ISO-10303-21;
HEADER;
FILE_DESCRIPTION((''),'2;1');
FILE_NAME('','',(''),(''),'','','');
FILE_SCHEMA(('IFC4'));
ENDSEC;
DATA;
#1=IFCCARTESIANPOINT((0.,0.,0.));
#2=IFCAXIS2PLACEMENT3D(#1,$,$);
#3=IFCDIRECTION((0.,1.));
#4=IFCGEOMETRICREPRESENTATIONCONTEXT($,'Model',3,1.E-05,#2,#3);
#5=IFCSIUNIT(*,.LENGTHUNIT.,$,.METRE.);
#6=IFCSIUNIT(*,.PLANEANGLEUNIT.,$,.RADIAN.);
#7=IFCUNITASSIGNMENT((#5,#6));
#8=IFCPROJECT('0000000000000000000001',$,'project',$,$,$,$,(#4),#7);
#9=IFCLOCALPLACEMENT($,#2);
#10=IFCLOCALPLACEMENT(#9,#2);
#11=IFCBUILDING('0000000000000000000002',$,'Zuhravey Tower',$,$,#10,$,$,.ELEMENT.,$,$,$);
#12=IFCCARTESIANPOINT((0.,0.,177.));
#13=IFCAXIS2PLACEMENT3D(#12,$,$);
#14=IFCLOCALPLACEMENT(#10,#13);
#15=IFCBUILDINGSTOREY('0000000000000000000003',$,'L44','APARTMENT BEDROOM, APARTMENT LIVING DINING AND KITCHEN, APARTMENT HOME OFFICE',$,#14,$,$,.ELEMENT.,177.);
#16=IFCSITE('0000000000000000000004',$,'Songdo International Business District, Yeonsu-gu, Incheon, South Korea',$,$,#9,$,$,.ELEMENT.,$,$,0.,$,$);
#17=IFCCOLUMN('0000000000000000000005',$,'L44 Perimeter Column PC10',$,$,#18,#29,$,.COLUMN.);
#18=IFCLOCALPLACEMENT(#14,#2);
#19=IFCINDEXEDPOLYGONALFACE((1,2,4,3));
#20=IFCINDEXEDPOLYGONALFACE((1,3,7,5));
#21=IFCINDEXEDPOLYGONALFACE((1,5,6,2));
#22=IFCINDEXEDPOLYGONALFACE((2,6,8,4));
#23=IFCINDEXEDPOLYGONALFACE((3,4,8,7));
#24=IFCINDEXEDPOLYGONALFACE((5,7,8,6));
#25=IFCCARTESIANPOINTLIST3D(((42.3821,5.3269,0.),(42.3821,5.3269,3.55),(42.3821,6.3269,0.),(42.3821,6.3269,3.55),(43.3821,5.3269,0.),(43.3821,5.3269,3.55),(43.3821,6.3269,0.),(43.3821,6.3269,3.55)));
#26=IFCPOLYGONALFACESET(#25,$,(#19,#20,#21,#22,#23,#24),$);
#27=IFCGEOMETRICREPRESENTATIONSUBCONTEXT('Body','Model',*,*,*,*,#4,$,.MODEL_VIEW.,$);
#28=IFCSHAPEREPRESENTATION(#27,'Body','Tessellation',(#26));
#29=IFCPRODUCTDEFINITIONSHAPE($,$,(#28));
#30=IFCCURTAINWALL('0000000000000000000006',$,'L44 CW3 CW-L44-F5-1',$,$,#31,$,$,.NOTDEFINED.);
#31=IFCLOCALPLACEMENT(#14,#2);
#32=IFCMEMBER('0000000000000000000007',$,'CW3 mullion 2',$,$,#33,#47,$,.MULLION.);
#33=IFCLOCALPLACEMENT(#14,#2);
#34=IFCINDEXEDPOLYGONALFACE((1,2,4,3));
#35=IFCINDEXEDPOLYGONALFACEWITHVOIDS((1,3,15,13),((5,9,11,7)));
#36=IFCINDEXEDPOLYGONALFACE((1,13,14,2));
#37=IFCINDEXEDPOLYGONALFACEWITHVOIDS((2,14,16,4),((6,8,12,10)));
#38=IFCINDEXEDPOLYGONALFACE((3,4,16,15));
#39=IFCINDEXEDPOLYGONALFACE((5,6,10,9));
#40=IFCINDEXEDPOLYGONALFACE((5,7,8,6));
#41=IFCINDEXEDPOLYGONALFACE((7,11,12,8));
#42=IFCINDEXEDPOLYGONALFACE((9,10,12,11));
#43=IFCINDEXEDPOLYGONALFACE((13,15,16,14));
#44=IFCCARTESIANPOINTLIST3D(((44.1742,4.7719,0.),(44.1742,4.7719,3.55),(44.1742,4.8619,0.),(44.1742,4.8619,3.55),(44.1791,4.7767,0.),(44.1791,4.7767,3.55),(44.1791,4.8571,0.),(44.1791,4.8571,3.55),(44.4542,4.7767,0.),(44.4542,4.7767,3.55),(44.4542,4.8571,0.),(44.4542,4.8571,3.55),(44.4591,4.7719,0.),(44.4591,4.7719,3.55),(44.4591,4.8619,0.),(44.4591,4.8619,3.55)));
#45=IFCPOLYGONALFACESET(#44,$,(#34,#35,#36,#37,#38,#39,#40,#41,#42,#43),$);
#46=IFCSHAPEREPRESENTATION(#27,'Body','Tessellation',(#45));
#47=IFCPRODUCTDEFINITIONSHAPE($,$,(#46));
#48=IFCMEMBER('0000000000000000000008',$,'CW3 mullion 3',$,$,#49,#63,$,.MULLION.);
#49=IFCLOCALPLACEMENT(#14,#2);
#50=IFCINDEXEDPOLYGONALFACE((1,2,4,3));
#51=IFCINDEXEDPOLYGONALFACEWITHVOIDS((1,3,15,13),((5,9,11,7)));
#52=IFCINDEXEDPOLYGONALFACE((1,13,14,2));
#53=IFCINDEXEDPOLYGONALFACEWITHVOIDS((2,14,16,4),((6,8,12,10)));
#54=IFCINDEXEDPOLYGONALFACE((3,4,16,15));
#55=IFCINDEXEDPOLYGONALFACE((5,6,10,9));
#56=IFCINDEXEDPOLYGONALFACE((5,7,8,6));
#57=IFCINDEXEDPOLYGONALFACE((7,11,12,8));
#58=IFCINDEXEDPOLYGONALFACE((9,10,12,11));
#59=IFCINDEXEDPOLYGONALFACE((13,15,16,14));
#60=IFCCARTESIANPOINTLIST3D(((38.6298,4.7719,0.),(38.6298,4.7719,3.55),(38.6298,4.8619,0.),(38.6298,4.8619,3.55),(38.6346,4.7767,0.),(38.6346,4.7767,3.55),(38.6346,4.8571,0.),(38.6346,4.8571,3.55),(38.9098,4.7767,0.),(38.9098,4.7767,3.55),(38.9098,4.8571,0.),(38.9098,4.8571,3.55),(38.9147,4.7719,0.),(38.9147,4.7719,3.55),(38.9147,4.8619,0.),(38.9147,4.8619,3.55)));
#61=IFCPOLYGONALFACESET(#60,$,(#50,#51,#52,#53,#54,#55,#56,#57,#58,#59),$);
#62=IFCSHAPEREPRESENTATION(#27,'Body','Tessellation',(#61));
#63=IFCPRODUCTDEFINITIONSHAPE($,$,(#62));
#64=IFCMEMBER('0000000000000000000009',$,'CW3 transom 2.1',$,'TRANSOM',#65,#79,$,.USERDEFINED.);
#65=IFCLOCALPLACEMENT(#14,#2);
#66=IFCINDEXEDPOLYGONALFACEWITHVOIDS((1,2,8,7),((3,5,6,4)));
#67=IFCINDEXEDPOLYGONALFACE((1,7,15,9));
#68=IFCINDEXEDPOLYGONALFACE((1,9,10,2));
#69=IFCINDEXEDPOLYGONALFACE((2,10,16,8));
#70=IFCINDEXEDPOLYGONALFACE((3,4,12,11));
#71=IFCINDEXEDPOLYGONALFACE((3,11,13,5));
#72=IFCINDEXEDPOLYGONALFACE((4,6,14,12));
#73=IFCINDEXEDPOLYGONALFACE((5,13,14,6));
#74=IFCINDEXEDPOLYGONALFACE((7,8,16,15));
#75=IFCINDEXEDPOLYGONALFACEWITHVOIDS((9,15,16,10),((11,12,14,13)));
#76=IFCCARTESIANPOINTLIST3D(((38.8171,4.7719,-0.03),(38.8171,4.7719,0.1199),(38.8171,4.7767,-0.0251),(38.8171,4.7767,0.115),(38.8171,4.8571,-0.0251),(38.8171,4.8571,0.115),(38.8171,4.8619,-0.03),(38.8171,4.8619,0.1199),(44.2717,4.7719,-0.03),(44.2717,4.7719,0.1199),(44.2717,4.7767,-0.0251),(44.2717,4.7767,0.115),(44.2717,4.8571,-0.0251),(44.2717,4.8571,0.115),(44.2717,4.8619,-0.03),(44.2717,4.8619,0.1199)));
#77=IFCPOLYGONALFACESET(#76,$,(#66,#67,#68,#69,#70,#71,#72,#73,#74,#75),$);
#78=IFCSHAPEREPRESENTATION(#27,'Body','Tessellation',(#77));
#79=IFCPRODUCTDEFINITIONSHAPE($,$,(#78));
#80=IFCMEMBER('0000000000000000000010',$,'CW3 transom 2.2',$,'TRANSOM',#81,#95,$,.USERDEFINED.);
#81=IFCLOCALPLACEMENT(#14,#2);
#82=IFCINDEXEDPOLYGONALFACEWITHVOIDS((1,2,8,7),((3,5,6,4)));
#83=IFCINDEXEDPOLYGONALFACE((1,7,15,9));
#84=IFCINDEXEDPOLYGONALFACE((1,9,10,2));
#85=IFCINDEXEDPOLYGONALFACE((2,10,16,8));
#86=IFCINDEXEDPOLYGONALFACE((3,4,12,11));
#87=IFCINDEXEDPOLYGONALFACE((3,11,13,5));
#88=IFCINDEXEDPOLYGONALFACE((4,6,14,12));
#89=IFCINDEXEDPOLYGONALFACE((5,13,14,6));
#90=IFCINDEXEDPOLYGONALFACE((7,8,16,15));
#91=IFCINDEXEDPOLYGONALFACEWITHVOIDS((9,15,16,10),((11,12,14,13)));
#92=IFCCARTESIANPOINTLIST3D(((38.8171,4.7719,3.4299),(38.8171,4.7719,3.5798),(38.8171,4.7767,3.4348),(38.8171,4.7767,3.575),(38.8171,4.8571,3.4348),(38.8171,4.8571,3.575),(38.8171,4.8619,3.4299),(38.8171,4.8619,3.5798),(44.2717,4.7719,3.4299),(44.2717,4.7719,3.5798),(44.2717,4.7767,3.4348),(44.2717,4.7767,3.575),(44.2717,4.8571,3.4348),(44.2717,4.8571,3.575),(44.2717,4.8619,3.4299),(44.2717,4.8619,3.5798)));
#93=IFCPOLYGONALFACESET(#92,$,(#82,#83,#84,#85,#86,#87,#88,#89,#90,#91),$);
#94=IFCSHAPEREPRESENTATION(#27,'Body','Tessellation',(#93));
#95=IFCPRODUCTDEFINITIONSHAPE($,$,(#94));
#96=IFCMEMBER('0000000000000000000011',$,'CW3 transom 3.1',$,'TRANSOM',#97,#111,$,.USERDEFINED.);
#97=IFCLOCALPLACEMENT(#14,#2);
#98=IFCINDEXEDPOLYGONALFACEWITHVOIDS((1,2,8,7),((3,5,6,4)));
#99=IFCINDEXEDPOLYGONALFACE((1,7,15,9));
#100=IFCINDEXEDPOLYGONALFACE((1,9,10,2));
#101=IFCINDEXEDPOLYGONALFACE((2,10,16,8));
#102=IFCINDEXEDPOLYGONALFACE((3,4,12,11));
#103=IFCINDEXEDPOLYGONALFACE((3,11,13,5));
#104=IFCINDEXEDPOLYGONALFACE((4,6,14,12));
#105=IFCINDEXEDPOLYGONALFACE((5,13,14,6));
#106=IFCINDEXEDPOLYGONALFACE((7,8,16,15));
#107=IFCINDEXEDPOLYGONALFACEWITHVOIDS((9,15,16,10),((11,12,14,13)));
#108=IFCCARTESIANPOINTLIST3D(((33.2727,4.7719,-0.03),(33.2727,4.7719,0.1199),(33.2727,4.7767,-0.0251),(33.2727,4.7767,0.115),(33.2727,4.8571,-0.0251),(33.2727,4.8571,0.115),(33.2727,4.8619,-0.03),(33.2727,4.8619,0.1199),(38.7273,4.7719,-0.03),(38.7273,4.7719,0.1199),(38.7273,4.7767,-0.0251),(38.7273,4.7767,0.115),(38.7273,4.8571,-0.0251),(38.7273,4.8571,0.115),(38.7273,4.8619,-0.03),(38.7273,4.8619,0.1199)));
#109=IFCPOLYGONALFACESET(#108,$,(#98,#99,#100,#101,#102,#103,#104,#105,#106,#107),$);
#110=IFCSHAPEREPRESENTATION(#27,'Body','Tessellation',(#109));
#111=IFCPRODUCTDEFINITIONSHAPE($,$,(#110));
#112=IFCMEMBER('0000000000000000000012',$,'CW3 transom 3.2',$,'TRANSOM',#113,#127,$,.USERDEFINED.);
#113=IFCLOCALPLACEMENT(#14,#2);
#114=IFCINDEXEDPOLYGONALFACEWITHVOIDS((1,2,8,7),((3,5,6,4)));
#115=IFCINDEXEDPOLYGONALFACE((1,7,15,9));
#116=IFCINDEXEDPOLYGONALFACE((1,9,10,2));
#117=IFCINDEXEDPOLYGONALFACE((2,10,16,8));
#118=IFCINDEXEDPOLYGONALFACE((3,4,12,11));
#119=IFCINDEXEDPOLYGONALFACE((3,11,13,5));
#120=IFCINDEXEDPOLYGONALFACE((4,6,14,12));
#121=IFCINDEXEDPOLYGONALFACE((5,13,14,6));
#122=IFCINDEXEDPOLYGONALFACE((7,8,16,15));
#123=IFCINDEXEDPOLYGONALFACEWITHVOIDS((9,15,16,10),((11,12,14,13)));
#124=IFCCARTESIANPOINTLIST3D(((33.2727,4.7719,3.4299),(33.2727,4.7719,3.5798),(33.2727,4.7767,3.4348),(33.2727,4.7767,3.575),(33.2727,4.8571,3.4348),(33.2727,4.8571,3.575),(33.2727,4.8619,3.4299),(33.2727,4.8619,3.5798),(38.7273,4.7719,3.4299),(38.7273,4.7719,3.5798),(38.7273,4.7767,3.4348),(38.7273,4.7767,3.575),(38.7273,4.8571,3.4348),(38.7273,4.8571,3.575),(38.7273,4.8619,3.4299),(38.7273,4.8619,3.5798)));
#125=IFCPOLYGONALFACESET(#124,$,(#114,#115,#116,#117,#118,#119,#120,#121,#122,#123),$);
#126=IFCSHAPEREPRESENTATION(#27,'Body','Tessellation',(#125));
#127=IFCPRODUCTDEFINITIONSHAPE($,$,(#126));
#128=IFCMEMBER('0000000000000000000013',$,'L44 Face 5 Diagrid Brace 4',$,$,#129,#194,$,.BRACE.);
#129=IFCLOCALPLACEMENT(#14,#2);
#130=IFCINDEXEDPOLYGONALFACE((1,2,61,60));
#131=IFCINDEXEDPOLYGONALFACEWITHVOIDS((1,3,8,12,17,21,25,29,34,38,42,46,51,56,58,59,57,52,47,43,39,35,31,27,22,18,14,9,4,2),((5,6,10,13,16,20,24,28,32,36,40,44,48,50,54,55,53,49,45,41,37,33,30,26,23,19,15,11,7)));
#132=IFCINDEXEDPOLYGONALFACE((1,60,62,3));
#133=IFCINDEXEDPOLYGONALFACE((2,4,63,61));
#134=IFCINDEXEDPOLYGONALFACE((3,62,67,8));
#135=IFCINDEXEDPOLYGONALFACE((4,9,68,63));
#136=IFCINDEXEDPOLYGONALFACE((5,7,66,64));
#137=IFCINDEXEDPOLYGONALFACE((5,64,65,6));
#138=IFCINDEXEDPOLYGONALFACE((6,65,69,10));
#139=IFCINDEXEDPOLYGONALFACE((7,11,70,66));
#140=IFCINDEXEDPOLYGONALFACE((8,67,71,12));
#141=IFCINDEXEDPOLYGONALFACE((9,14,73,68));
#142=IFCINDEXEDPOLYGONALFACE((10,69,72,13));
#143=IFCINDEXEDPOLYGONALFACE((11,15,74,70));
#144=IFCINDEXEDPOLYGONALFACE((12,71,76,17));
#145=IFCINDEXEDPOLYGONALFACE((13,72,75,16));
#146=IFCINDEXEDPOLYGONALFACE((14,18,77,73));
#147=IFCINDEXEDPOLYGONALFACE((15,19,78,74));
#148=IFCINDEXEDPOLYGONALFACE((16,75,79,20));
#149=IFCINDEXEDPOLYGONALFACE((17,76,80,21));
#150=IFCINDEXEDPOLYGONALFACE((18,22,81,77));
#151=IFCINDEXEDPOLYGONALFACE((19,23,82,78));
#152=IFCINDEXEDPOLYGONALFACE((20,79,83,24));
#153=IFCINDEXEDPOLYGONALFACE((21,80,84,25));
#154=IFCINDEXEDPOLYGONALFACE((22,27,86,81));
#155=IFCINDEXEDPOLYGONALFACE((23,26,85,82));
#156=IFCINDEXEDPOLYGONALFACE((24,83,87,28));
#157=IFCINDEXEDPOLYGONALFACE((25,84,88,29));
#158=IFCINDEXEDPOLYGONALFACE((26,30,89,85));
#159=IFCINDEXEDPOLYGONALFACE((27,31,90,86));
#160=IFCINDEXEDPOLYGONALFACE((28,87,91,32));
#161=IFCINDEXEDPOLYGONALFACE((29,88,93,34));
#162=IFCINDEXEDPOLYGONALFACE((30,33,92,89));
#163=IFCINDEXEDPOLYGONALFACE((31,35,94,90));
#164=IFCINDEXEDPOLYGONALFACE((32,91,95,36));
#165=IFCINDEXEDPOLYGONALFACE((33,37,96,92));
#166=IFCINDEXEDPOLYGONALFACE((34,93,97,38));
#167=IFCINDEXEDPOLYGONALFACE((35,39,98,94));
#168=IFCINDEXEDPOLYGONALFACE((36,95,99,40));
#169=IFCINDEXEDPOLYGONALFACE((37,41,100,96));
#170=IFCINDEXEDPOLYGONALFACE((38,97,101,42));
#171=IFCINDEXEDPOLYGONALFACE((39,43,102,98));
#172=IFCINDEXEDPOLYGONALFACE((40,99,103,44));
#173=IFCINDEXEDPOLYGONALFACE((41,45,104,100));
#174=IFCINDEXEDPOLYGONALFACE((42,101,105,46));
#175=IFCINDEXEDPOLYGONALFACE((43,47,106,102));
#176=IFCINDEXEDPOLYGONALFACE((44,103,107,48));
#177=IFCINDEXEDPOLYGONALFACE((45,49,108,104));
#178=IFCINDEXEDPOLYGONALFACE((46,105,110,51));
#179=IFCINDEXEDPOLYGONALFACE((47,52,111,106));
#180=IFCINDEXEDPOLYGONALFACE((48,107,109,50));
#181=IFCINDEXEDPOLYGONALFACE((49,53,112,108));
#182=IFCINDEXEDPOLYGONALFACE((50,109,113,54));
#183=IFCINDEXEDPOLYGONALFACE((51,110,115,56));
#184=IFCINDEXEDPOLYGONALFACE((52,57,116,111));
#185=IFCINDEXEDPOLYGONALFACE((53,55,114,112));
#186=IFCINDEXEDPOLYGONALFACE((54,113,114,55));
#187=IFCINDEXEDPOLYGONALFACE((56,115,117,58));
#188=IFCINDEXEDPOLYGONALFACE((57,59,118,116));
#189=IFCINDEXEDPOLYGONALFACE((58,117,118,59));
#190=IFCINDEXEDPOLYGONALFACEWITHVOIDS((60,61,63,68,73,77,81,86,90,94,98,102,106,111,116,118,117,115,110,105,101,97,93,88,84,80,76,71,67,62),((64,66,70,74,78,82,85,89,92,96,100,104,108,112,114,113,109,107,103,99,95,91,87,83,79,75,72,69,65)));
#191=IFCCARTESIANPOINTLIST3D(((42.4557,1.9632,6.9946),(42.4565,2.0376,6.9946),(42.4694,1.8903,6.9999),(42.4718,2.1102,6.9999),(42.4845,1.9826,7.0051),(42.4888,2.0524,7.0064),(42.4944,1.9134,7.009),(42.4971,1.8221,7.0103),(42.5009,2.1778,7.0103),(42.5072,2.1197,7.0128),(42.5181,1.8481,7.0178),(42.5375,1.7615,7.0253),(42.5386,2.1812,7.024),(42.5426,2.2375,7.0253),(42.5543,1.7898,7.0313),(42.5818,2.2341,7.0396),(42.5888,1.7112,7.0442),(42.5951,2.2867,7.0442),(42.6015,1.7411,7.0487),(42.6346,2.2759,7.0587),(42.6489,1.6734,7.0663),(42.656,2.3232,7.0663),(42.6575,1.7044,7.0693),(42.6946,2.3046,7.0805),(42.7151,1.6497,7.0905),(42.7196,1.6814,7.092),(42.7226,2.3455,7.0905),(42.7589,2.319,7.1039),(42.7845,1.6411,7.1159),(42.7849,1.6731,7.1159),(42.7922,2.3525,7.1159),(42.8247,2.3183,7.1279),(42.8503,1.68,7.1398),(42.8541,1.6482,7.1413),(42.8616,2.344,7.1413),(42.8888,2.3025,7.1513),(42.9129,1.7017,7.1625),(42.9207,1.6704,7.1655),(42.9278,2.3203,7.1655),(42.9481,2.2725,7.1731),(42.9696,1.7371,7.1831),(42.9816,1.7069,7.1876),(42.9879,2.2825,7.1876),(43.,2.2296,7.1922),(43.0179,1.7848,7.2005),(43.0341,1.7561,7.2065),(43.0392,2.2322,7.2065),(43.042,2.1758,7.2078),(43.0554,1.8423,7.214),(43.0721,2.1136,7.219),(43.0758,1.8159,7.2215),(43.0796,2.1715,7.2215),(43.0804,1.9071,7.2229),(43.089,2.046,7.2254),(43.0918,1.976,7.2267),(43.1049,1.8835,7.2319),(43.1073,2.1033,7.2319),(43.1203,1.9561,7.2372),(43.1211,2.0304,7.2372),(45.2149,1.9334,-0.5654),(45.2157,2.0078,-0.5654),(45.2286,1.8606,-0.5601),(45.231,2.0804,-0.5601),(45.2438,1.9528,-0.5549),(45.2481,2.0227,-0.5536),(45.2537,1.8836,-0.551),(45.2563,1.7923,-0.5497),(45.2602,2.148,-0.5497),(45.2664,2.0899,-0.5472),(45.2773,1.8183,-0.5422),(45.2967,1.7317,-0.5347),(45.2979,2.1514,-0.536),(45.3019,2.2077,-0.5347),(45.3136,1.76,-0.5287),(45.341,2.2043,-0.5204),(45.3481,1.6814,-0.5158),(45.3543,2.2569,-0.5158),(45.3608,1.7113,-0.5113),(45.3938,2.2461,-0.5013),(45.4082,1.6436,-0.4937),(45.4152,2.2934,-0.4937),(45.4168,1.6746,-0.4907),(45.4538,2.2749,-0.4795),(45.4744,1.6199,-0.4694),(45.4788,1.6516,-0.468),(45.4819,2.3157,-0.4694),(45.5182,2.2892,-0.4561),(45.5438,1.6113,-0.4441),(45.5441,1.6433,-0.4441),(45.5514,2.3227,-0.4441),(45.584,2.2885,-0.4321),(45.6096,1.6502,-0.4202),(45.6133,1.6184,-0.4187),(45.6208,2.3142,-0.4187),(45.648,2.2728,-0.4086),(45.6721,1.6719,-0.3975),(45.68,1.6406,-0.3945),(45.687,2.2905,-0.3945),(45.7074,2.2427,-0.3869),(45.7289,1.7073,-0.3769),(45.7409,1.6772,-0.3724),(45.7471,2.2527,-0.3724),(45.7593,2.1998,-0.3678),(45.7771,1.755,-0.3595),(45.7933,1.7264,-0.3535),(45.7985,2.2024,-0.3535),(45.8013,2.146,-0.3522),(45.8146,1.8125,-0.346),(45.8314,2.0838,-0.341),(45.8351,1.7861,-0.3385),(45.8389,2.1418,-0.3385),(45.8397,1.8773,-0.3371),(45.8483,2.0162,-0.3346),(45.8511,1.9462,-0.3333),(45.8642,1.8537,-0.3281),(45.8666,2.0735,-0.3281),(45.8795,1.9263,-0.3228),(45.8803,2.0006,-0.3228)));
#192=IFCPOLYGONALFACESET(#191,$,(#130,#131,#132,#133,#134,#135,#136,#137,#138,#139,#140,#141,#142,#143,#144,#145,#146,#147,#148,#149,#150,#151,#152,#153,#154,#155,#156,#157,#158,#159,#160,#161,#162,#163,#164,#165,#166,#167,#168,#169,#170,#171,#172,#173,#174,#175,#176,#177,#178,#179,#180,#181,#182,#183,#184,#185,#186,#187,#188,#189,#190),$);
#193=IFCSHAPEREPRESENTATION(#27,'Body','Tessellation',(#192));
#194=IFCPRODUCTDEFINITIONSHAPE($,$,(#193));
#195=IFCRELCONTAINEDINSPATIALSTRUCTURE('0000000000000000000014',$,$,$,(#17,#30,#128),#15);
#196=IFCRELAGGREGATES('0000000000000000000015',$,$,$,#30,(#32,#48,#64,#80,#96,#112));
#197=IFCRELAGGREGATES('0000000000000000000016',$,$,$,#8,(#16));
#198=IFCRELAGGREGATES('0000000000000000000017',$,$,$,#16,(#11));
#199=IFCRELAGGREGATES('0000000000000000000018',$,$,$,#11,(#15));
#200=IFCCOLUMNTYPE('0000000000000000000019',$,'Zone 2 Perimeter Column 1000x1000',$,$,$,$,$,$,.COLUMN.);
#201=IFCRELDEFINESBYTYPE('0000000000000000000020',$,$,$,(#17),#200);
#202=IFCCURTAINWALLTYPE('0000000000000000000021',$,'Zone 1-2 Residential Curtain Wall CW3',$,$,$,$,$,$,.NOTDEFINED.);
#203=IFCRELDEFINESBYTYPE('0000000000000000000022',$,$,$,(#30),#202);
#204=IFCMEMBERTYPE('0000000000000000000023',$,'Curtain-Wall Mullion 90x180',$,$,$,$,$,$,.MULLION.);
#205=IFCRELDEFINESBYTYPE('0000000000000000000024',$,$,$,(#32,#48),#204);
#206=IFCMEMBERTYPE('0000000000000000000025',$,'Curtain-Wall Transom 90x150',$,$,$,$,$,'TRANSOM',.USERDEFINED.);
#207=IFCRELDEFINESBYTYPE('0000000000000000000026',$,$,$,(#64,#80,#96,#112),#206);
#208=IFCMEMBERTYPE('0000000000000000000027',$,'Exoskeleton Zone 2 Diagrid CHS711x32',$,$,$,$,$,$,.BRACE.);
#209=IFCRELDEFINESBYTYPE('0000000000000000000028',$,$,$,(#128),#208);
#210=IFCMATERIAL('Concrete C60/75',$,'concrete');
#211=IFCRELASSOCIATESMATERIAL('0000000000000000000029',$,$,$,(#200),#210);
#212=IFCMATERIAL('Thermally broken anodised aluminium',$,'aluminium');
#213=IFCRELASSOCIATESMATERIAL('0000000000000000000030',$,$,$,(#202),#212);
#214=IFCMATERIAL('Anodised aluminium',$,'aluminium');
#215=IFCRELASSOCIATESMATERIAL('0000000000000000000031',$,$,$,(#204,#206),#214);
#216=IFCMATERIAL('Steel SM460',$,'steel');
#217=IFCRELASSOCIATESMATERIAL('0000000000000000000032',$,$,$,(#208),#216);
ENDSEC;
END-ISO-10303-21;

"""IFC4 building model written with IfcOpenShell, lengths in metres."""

from ifc_helpers import new_model, si_unit, direction, frame, origin, origin_2d, place, context, subcontext, project, spatial, rectangle, hollow_rectangle, hollow_circle, extrude, material, material_profile, profile_set, type_object, element, aggregate, save


model = new_model("IFC4")

# Units and contexts
model_context = context("Model", 3, precision=1e-05, world=origin(), true_north=direction((0.0, 1.0)))
body_context = subcontext(model_context, "Body", "Model", "MODEL_VIEW")
ifc_project = project(units=[si_unit("LENGTHUNIT", "METRE"), si_unit("PLANEANGLEUNIT", "RADIAN")], contexts=[model_context])

# Site, building, storey
site_placement = place(None, origin())
site = spatial("IfcSite", under=ifc_project, at=site_placement, Name="Songdo International Business District, Yeonsu-gu, Incheon, South Korea", CompositionType="ELEMENT", RefElevation=0.0)
building_placement = place(site_placement, origin())
building = spatial("IfcBuilding", under=site, at=building_placement, Name="Zuhravey Tower", CompositionType="ELEMENT")
storey_placement = place(building_placement, frame((0.0, 0.0, 177.0)))
storey = spatial("IfcBuildingStorey", under=building, at=storey_placement, Name="L44", Description="APARTMENT BEDROOM, APARTMENT LIVING DINING AND KITCHEN, APARTMENT HOME OFFICE", CompositionType="ELEMENT", Elevation=177.0)

# Column
ifc_material_1 = material(Name="Concrete C60/75", Category="concrete")
ifc_material_profile_1 = material_profile(ifc_material_1, rectangle(XDim=1.0, YDim=1.0, at=origin_2d()), Name="RC-1000x1000")
ifc_profile_set_1 = profile_set([ifc_material_profile_1], Name="Concrete C60/75")
column_type = type_object("IfcColumnType", Name="Zone 2 Perimeter Column 1000x1000", PredefinedType="COLUMN", material=ifc_profile_set_1)
column_placement = place(storey_placement, frame((42.8821, 5.8269, 0.0), z_axis=(0.0, 0.0, 1.0), x_axis=(1.0, 0.0, 0.0)))
element("IfcColumn", 1, at=column_placement, inside=storey, type_object=column_type, Name="L44 Perimeter Column PC10", PredefinedType="COLUMN", context=body_context, shape_type="SweptSolid", body=[
    extrude(rectangle(XDim=1.0, YDim=1.0, at=origin_2d()), origin(), (0.0, 0.0, 1.0), 3.55),
])

# Curtain wall, members
ifc_material_2 = material(Name="Thermally broken anodised aluminium", Category="aluminium")
curtain_wall_type = type_object("IfcCurtainWallType", Name="Zone 1-2 Residential Curtain Wall CW3", PredefinedType="NOTDEFINED", material=ifc_material_2)
curtain_wall_placement = place(storey_placement, origin())
curtain_wall = element("IfcCurtainWall", 2, at=curtain_wall_placement, inside=storey, type_object=curtain_wall_type, Name="L44 CW3 CW-L44-F5-1", PredefinedType="NOTDEFINED")
ifc_material_3 = material(Name="Anodised aluminium", Category="aluminium")
ifc_material_profile_2 = material_profile(ifc_material_3, hollow_rectangle(XDim=0.0901, YDim=0.2849, WallThickness=0.0049, at=origin_2d()), Name="ALU-RHS-90x285x5")
ifc_profile_set_2 = profile_set([ifc_material_profile_2], Name="Anodised aluminium")
member_type_1 = type_object("IfcMemberType", Name="Curtain-Wall Mullion 90x180", PredefinedType="MULLION", material=ifc_profile_set_2)
member_1_placement = place(storey_placement, frame((44.3167, 4.8169, 0.0), z_axis=(0.0, 0.0, 1.0), x_axis=(0.0, -1.0, 0.0)))
member_1 = element("IfcMember", 3, at=member_1_placement, type_object=member_type_1, Name="CW3 mullion 2", PredefinedType="MULLION", context=body_context, shape_type="SweptSolid", body=[
    extrude(hollow_rectangle(XDim=0.0901, YDim=0.2849, WallThickness=0.0049, at=origin_2d()), origin(), (0.0, 0.0, 1.0), 3.55),
])
member_2_placement = place(storey_placement, frame((38.7722, 4.8169, 0.0), z_axis=(0.0, 0.0, 1.0), x_axis=(0.0, -1.0, 0.0)))
member_2 = element("IfcMember", 4, at=member_2_placement, type_object=member_type_1, Name="CW3 mullion 3", PredefinedType="MULLION", context=body_context, shape_type="SweptSolid", body=[
    extrude(hollow_rectangle(XDim=0.0901, YDim=0.2849, WallThickness=0.0049, at=origin_2d()), origin(), (0.0, 0.0, 1.0), 3.55),
])
ifc_material_profile_3 = material_profile(ifc_material_3, hollow_rectangle(XDim=0.0901, YDim=0.1499, WallThickness=0.0049, at=origin_2d()), Name="ALU-RHS-90x150x5")
ifc_profile_set_3 = profile_set([ifc_material_profile_3], Name="Anodised aluminium")
member_type_2 = type_object("IfcMemberType", Name="Curtain-Wall Transom 90x150", ElementType="TRANSOM", PredefinedType="USERDEFINED", material=ifc_profile_set_3)
member_3_placement = place(storey_placement, frame((44.2717, 4.8169, 0.0449), z_axis=(-1.0, 0.0, 0.0), x_axis=(0.0, -1.0, 0.0)))
member_3 = element("IfcMember", 5, at=member_3_placement, type_object=member_type_2, Name="CW3 transom 2.1", ObjectType="TRANSOM", PredefinedType="USERDEFINED", context=body_context, shape_type="SweptSolid", body=[
    extrude(hollow_rectangle(XDim=0.0901, YDim=0.1499, WallThickness=0.0049, at=origin_2d()), origin(), (0.0, 0.0, 1.0), 5.4546),
])
member_4_placement = place(storey_placement, frame((44.2717, 4.8169, 3.5049), z_axis=(-1.0, 0.0, 0.0), x_axis=(0.0, -1.0, 0.0)))
member_4 = element("IfcMember", 6, at=member_4_placement, type_object=member_type_2, Name="CW3 transom 2.2", ObjectType="TRANSOM", PredefinedType="USERDEFINED", context=body_context, shape_type="SweptSolid", body=[
    extrude(hollow_rectangle(XDim=0.0901, YDim=0.1499, WallThickness=0.0049, at=origin_2d()), origin(), (0.0, 0.0, 1.0), 5.4546),
])
member_5_placement = place(storey_placement, frame((38.7273, 4.8169, 0.0449), z_axis=(-1.0, 0.0, 0.0), x_axis=(0.0, -1.0, 0.0)))
member_5 = element("IfcMember", 7, at=member_5_placement, type_object=member_type_2, Name="CW3 transom 3.1", ObjectType="TRANSOM", PredefinedType="USERDEFINED", context=body_context, shape_type="SweptSolid", body=[
    extrude(hollow_rectangle(XDim=0.0901, YDim=0.1499, WallThickness=0.0049, at=origin_2d()), origin(), (0.0, 0.0, 1.0), 5.4546),
])
member_6_placement = place(storey_placement, frame((38.7273, 4.8169, 3.5049), z_axis=(-1.0, 0.0, 0.0), x_axis=(0.0, -1.0, 0.0)))
member_6 = element("IfcMember", 8, at=member_6_placement, type_object=member_type_2, Name="CW3 transom 3.2", ObjectType="TRANSOM", PredefinedType="USERDEFINED", context=body_context, shape_type="SweptSolid", body=[
    extrude(hollow_rectangle(XDim=0.0901, YDim=0.1499, WallThickness=0.0049, at=origin_2d()), origin(), (0.0, 0.0, 1.0), 5.4546),
])

# Member
ifc_material_4 = material(Name="Steel SM460", Category="steel")
ifc_material_profile_4 = material_profile(ifc_material_4, hollow_circle(Radius=0.3557, WallThickness=0.032, at=origin_2d()), Name="CHS-711.2x32")
ifc_profile_set_4 = profile_set([ifc_material_profile_4], Name="Steel SM460")
member_type_3 = type_object("IfcMemberType", Name="Exoskeleton Zone 2 Diagrid CHS711x32", PredefinedType="BRACE", material=ifc_profile_set_4)
member_7_placement = place(storey_placement, frame((45.5476, 1.967, -0.4441), z_axis=(-0.342856, 0.003701, 0.939381), x_axis=(-0.010794, -0.999942, 0.0)))
element("IfcMember", 9, at=member_7_placement, inside=storey, type_object=member_type_3, Name="L44 Face 5 Diagrid Brace 4", PredefinedType="BRACE", context=body_context, shape_type="SweptSolid", body=[
    extrude(hollow_circle(Radius=0.3557, WallThickness=0.032, at=origin_2d()), origin(), (0.0, 0.0, 1.0), 8.0479),
])

aggregate(curtain_wall, [member_1, member_2, member_3, member_4, member_5, member_6])

save(model, "model.ifc")
